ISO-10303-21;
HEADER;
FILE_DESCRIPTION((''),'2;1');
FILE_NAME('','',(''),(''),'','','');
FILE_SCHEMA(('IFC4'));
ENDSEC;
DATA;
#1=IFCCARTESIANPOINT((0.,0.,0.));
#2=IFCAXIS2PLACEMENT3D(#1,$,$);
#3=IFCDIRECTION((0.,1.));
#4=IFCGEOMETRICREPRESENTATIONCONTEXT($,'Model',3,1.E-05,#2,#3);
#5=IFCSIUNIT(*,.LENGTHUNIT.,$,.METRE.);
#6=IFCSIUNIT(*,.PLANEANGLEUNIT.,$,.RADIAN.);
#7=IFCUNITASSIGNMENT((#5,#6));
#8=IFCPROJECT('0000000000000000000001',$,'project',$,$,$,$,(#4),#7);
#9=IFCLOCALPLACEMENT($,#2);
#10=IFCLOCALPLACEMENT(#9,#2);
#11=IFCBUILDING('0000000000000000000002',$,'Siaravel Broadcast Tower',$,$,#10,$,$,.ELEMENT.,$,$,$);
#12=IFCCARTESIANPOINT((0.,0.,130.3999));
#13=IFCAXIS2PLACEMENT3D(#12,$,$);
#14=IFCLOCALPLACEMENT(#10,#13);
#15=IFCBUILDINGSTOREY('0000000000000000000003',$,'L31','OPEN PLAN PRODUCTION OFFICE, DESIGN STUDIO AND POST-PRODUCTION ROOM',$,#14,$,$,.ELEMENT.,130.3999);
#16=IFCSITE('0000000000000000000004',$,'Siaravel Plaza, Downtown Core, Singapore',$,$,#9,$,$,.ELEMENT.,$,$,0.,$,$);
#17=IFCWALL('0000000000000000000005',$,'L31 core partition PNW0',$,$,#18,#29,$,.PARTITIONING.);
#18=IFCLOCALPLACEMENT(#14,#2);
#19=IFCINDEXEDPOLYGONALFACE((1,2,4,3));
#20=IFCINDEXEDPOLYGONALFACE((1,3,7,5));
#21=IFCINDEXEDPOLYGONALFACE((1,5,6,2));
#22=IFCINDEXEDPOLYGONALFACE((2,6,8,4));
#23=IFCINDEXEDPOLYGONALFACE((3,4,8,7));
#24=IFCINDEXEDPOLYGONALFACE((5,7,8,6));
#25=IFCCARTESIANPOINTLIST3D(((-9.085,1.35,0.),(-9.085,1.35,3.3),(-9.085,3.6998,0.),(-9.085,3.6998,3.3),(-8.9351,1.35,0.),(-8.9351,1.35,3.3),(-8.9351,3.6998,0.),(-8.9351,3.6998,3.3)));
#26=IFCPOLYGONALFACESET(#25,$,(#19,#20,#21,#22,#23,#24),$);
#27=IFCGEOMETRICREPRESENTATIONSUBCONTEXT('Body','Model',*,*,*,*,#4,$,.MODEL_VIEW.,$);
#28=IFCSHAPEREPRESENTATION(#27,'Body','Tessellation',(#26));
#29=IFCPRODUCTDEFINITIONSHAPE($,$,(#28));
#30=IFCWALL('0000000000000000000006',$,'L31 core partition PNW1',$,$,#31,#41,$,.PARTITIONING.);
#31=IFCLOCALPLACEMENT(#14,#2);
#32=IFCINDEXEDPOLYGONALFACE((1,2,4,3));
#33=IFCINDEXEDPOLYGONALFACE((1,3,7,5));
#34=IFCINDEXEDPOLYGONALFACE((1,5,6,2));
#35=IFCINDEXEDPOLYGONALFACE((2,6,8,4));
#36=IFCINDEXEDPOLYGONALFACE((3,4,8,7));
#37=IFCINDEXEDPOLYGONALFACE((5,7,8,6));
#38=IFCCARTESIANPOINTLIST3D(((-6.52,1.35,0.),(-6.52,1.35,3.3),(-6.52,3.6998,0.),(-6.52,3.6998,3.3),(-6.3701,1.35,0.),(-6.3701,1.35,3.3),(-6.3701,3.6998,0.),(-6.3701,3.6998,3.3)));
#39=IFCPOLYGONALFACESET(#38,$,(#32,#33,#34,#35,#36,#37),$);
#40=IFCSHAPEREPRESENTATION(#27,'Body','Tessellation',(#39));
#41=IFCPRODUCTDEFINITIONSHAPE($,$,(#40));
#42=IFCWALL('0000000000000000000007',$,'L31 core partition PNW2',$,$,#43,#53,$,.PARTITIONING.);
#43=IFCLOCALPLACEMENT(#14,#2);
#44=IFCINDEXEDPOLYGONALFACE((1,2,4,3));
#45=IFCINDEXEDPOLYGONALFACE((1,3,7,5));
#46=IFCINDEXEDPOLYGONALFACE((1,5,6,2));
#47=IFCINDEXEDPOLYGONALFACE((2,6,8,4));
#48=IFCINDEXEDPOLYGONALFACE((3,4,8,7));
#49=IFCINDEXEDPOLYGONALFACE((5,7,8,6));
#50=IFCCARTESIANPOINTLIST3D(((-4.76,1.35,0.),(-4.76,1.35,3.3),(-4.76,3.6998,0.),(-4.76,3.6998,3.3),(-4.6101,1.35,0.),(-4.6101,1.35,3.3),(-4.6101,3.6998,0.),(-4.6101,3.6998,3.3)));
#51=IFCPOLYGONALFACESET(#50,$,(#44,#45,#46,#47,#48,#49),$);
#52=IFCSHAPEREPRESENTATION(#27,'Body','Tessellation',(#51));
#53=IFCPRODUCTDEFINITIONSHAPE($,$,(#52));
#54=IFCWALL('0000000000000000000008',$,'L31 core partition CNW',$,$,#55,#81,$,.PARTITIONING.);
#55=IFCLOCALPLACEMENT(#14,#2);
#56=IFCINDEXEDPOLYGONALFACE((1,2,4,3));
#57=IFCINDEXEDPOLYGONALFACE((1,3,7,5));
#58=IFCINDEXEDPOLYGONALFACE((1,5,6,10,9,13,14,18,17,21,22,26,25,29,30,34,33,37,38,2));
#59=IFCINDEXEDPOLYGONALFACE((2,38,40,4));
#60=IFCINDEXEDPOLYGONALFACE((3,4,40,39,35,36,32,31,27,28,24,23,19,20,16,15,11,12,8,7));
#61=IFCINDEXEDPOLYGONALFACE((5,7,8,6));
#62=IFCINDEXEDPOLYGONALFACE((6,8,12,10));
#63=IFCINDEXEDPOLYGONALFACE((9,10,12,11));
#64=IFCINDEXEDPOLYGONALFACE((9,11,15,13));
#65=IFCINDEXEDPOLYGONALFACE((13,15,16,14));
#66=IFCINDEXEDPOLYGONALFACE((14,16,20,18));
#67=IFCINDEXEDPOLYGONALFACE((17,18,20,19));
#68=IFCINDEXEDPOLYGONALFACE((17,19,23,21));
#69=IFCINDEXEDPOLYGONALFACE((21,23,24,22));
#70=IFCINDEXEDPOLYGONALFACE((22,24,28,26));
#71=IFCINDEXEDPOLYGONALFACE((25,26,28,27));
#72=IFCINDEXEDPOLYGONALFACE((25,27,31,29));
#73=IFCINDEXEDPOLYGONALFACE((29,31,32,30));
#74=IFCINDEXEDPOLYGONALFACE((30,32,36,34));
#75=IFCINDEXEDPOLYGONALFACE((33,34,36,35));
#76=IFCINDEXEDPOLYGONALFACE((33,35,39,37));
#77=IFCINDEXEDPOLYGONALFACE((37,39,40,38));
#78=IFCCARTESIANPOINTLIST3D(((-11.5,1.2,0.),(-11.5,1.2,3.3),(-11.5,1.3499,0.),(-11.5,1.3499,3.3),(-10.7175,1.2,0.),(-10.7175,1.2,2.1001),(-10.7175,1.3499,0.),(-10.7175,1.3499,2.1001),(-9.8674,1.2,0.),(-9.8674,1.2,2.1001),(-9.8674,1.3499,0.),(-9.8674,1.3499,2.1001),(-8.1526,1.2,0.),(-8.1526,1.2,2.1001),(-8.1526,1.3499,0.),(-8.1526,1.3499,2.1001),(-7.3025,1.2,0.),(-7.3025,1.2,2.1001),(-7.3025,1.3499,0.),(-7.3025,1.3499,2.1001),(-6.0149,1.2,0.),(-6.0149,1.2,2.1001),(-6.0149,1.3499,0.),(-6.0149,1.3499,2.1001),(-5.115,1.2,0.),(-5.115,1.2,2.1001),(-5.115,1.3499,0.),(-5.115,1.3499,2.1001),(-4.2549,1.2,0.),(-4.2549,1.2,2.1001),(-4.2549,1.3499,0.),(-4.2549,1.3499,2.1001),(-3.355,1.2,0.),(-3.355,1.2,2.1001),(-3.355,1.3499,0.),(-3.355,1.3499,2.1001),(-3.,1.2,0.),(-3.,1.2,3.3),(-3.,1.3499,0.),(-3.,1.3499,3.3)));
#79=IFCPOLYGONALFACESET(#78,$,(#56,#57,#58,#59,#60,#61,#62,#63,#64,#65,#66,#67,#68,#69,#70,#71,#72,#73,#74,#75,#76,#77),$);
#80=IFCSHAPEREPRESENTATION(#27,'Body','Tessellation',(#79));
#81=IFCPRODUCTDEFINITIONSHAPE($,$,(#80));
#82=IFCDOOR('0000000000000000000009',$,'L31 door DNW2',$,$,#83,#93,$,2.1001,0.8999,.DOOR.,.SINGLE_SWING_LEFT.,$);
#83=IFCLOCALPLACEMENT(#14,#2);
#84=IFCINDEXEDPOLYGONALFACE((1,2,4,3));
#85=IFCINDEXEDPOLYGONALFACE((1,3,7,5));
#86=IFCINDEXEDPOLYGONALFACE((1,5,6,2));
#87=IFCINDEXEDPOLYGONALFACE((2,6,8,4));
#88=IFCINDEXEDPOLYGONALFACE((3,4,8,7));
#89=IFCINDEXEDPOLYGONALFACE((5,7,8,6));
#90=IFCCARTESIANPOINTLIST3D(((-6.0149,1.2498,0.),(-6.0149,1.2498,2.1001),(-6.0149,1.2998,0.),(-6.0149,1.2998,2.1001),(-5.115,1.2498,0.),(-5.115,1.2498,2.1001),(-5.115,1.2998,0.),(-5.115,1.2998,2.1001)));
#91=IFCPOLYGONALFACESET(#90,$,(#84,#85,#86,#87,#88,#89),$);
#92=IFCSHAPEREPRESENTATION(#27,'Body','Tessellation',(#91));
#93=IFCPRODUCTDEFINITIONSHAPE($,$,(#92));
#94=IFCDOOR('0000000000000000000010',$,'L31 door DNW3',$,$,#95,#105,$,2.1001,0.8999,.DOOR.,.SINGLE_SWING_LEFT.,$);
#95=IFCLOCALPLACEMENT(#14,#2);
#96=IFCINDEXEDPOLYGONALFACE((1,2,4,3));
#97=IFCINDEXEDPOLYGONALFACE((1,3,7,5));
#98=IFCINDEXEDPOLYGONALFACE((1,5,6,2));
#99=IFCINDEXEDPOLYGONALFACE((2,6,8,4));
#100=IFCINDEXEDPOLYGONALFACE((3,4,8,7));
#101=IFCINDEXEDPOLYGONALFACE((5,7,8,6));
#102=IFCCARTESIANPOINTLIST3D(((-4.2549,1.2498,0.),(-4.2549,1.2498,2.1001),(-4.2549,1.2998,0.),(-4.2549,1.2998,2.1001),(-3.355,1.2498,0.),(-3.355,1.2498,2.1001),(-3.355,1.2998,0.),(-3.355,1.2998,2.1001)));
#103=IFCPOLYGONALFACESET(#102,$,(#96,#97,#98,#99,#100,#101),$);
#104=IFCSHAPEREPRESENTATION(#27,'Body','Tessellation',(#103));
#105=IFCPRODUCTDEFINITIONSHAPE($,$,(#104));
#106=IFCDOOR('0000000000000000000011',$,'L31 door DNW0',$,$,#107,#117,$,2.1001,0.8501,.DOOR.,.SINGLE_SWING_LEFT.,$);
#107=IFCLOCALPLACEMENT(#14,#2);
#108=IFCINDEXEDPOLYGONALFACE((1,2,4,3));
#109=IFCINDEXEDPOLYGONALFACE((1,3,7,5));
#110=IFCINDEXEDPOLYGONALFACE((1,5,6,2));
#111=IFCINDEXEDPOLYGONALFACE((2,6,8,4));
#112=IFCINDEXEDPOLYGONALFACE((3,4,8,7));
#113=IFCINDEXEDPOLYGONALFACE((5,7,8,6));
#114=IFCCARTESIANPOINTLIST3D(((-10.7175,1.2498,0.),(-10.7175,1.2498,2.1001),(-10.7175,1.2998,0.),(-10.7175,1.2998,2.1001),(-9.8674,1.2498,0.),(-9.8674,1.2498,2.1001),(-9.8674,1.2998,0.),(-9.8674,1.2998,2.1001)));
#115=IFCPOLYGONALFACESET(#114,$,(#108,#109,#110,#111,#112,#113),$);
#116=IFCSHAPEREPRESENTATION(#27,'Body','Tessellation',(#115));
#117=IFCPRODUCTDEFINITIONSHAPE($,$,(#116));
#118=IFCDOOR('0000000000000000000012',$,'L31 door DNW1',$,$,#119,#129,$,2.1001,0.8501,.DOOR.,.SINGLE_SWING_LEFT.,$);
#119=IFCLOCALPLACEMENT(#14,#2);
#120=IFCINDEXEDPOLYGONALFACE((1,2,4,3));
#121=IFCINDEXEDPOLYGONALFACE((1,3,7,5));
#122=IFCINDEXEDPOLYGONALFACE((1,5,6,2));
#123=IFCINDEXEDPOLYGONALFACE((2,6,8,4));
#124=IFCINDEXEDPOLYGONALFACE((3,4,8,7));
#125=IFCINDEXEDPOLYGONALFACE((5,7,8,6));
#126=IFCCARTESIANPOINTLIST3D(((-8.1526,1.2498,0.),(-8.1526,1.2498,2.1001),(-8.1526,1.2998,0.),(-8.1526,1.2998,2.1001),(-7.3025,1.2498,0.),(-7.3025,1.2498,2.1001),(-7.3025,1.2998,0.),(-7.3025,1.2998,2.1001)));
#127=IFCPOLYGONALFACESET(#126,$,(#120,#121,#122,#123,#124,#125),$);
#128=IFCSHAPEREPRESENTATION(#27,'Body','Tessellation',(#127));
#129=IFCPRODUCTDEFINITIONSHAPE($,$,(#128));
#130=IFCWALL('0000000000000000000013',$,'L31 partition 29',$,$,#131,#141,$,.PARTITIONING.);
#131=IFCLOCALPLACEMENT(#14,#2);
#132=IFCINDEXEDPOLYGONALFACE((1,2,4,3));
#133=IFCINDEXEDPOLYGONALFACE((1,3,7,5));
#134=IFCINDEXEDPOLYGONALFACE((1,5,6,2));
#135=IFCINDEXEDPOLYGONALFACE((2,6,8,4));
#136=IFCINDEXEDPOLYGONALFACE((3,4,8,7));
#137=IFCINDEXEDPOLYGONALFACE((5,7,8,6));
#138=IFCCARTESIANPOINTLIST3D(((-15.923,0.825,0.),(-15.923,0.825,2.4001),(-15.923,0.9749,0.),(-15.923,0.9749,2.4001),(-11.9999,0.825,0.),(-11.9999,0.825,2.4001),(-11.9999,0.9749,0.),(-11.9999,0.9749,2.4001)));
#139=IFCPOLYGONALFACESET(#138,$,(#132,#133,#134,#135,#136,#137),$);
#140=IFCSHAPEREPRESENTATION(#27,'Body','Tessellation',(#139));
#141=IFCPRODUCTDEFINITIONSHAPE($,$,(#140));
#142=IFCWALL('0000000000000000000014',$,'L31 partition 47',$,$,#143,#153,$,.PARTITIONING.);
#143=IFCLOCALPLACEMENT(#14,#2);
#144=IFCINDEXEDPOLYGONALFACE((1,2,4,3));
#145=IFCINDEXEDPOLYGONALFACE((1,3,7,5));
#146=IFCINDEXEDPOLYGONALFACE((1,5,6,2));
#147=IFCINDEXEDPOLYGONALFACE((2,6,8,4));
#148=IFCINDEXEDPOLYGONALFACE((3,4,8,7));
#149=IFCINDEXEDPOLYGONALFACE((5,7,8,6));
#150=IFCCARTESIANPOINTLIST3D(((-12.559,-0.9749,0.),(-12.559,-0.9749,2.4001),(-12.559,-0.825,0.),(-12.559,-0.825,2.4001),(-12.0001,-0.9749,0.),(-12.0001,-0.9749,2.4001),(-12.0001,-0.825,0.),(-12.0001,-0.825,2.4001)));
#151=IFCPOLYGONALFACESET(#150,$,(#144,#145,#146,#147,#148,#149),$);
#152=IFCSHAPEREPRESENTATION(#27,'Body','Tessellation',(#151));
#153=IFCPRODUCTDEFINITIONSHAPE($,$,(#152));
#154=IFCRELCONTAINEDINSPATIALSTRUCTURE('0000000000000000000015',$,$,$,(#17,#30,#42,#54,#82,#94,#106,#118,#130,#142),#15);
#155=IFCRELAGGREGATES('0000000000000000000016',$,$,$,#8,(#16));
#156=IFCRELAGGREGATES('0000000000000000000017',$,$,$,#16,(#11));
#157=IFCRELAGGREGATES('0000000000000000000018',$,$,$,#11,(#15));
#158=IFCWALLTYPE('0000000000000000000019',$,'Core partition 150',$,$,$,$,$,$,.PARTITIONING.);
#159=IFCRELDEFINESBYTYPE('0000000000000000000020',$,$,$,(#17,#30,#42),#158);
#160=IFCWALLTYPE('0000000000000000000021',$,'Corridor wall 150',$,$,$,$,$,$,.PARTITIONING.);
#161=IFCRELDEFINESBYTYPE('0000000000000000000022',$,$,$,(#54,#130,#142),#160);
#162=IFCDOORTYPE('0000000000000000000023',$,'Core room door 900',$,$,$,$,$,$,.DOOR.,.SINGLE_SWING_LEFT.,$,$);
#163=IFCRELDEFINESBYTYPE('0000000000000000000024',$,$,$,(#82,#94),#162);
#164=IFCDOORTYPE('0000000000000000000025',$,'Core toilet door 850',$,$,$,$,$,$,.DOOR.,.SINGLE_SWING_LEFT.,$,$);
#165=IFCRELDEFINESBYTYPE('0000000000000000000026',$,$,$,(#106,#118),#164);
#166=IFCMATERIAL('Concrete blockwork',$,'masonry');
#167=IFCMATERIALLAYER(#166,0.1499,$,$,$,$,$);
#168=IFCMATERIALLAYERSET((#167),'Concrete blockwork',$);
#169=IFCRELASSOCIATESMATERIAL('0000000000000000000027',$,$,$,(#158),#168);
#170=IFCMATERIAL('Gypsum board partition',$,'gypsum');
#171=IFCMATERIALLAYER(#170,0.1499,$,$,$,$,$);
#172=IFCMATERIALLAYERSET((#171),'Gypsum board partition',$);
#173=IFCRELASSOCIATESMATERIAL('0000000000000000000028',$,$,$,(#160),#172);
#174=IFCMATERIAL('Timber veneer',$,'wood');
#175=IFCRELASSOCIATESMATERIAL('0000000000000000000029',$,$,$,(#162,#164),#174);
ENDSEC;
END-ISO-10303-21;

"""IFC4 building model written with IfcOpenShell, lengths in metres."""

from ifc_helpers import new_model, si_unit, direction, frame, frame_2d, origin, place, context, subcontext, project, spatial, rectangle, extrude, material, layer, layer_set, type_object, element, fill, save


model = new_model("IFC4")

# Units and contexts
model_context = context("Model", 3, precision=1e-05, world=origin(), true_north=direction((0.0, 1.0)))
body_context = subcontext(model_context, "Body", "Model", "MODEL_VIEW")
ifc_project = project(units=[si_unit("LENGTHUNIT", "METRE"), si_unit("PLANEANGLEUNIT", "RADIAN")], contexts=[model_context])

# Site, building, storey
site_placement = place(None, origin())
site = spatial("IfcSite", under=ifc_project, at=site_placement, Name="Siaravel Plaza, Downtown Core, Singapore", CompositionType="ELEMENT", RefElevation=0.0)
building_placement = place(site_placement, origin())
building = spatial("IfcBuilding", under=site, at=building_placement, Name="Siaravel Broadcast Tower", CompositionType="ELEMENT")
storey_placement = place(building_placement, frame((0.0, 0.0, 130.3999)))
storey = spatial("IfcBuildingStorey", under=building, at=storey_placement, Name="L31", Description="OPEN PLAN PRODUCTION OFFICE, DESIGN STUDIO AND POST-PRODUCTION ROOM", CompositionType="ELEMENT", Elevation=130.3999)

# Walls
ifc_material_1 = material(Name="Concrete blockwork", Category="masonry")
ifc_layer_1 = layer(ifc_material_1, 0.1499)
ifc_layer_set_1 = layer_set([ifc_layer_1], Name="Concrete blockwork")
wall_type_1 = type_object("IfcWallType", Name="Core partition 150", PredefinedType="PARTITIONING", material=ifc_layer_set_1)
for number, where, z_axis, x_axis, name in (
    (1, (-9.01, 1.3501, 0.0), (0.0, 0.0, 1.0), (0.0, 1.0, 0.0), "L31 core partition PNW0"),
    (2, (-6.4451, 1.3501, 0.0), (0.0, 0.0, 1.0), (0.0, 1.0, 0.0), "L31 core partition PNW1"),
    (3, (-4.6851, 1.3501, 0.0), (0.0, 0.0, 1.0), (0.0, 1.0, 0.0), "L31 core partition PNW2"),
):
    element("IfcWall", number, at=place(storey_placement, frame(where, z_axis=z_axis, x_axis=x_axis)), inside=storey, type_object=wall_type_1, Name=name, PredefinedType="PARTITIONING", context=body_context, shape_type="SweptSolid", body=[
        extrude(rectangle(XDim=2.3499, YDim=0.1499, at=frame_2d((1.1748, 0.0))), origin(), (0.0, 0.0, 1.0), 3.3),
    ])

# Wall, openings, doors
ifc_material_2 = material(Name="Gypsum board partition", Category="gypsum")
ifc_layer_2 = layer(ifc_material_2, 0.1499)
ifc_layer_set_2 = layer_set([ifc_layer_2], Name="Gypsum board partition")
wall_type_2 = type_object("IfcWallType", Name="Corridor wall 150", PredefinedType="PARTITIONING", material=ifc_layer_set_2)
wall_1_placement = place(storey_placement, frame((-11.5, 1.2749, 0.0), z_axis=(0.0, 0.0, 1.0), x_axis=(1.0, 0.0, 0.0)))
wall_1 = element("IfcWall", 4, at=wall_1_placement, inside=storey, type_object=wall_type_2, Name="L31 core partition CNW", PredefinedType="PARTITIONING", context=body_context, shape_type="SweptSolid", body=[
    extrude(rectangle(XDim=8.5, YDim=0.1499, at=frame_2d((4.25, 0.0))), origin(), (0.0, 0.0, 1.0), 3.3),
])
opening_1_placement = place(wall_1_placement, frame((0.7825, 0.0, 0.0)))
opening_1 = element("IfcOpeningElement", 5, at=opening_1_placement, cuts=wall_1, PredefinedType="OPENING", context=body_context, shape_type="SweptSolid", body=[
    extrude(rectangle(XDim=0.8501, YDim=2.1001, at=frame_2d((0.425, 1.05))), frame((0.0, 0.085, 0.0), z_axis=(0.0, -1.0, 0.0), x_axis=(1.0, 0.0, 0.0)), (0.0, 0.0, 1.0), 0.1699),
])
opening_2_placement = place(wall_1_placement, frame((3.3474, 0.0, 0.0)))
opening_2 = element("IfcOpeningElement", 6, at=opening_2_placement, cuts=wall_1, PredefinedType="OPENING", context=body_context, shape_type="SweptSolid", body=[
    extrude(rectangle(XDim=0.8501, YDim=2.1001, at=frame_2d((0.425, 1.05))), frame((0.0, 0.085, 0.0), z_axis=(0.0, -1.0, 0.0), x_axis=(1.0, 0.0, 0.0)), (0.0, 0.0, 1.0), 0.1699),
])
opening_3_placement = place(wall_1_placement, frame((5.4851, 0.0, 0.0)))
opening_3 = element("IfcOpeningElement", 7, at=opening_3_placement, cuts=wall_1, PredefinedType="OPENING", context=body_context, shape_type="SweptSolid", body=[
    extrude(rectangle(XDim=0.8999, YDim=2.1001, at=frame_2d((0.45, 1.05))), frame((0.0, 0.085, 0.0), z_axis=(0.0, -1.0, 0.0), x_axis=(1.0, 0.0, 0.0)), (0.0, 0.0, 1.0), 0.1699),
])
opening_4_placement = place(wall_1_placement, frame((7.2451, 0.0, 0.0)))
opening_4 = element("IfcOpeningElement", 8, at=opening_4_placement, cuts=wall_1, PredefinedType="OPENING", context=body_context, shape_type="SweptSolid", body=[
    extrude(rectangle(XDim=0.8999, YDim=2.1001, at=frame_2d((0.45, 1.05))), frame((0.0, 0.085, 0.0), z_axis=(0.0, -1.0, 0.0), x_axis=(1.0, 0.0, 0.0)), (0.0, 0.0, 1.0), 0.1699),
])
ifc_material_3 = material(Name="Timber veneer", Category="wood")
door_type_1 = type_object("IfcDoorType", Name="Core room door 900", OperationType="SINGLE_SWING_LEFT", PredefinedType="DOOR", material=ifc_material_3)
door_1_placement = place(opening_3_placement, origin())
door_1 = element("IfcDoor", 9, at=door_1_placement, inside=storey, type_object=door_type_1, Name="L31 door DNW2", OperationType="SINGLE_SWING_LEFT", OverallHeight=2.1001, OverallWidth=0.8999, PredefinedType="DOOR", context=body_context, shape_type="SweptSolid", body=[
    extrude(rectangle(XDim=0.8999, YDim=2.1001, at=frame_2d((0.45, 1.05))), frame((0.0, 0.0249, 0.0), z_axis=(0.0, -1.0, 0.0), x_axis=(1.0, 0.0, 0.0)), (0.0, 0.0, 1.0), 0.05),
])
fill(opening_3, door_1)
door_2_placement = place(opening_4_placement, origin())
door_2 = element("IfcDoor", 10, at=door_2_placement, inside=storey, type_object=door_type_1, Name="L31 door DNW3", OperationType="SINGLE_SWING_LEFT", OverallHeight=2.1001, OverallWidth=0.8999, PredefinedType="DOOR", context=body_context, shape_type="SweptSolid", body=[
    extrude(rectangle(XDim=0.8999, YDim=2.1001, at=frame_2d((0.45, 1.05))), frame((0.0, 0.0249, 0.0), z_axis=(0.0, -1.0, 0.0), x_axis=(1.0, 0.0, 0.0)), (0.0, 0.0, 1.0), 0.05),
])
fill(opening_4, door_2)
door_type_2 = type_object("IfcDoorType", Name="Core toilet door 850", OperationType="SINGLE_SWING_LEFT", PredefinedType="DOOR", material=ifc_material_3)
door_3_placement = place(opening_1_placement, origin())
door_3 = element("IfcDoor", 11, at=door_3_placement, inside=storey, type_object=door_type_2, Name="L31 door DNW0", OperationType="SINGLE_SWING_LEFT", OverallHeight=2.1001, OverallWidth=0.8501, PredefinedType="DOOR", context=body_context, shape_type="SweptSolid", body=[
    extrude(rectangle(XDim=0.8501, YDim=2.1001, at=frame_2d((0.425, 1.05))), frame((0.0, 0.0249, 0.0), z_axis=(0.0, -1.0, 0.0), x_axis=(1.0, 0.0, 0.0)), (0.0, 0.0, 1.0), 0.05),
])
fill(opening_1, door_3)
door_4_placement = place(opening_2_placement, origin())
door_4 = element("IfcDoor", 12, at=door_4_placement, inside=storey, type_object=door_type_2, Name="L31 door DNW1", OperationType="SINGLE_SWING_LEFT", OverallHeight=2.1001, OverallWidth=0.8501, PredefinedType="DOOR", context=body_context, shape_type="SweptSolid", body=[
    extrude(rectangle(XDim=0.8501, YDim=2.1001, at=frame_2d((0.425, 1.05))), frame((0.0, 0.0249, 0.0), z_axis=(0.0, -1.0, 0.0), x_axis=(1.0, 0.0, 0.0)), (0.0, 0.0, 1.0), 0.05),
])
fill(opening_2, door_4)

# Walls
wall_2_placement = place(storey_placement, frame((-12.0, 0.8999, 0.0), z_axis=(0.0, 0.0, 1.0), x_axis=(-1.0, 0.0, 0.0)))
element("IfcWall", 13, at=wall_2_placement, inside=storey, type_object=wall_type_2, Name="L31 partition 29", PredefinedType="PARTITIONING", context=body_context, shape_type="SweptSolid", body=[
    extrude(rectangle(XDim=3.9231, YDim=0.1499, at=frame_2d((1.9614, 0.0))), origin(), (0.0, 0.0, 1.0), 2.4001),
])
wall_3_placement = place(storey_placement, frame((-12.5588, -0.8999, 0.0), z_axis=(0.0, 0.0, 1.0), x_axis=(1.0, 0.0, 0.0)))
element("IfcWall", 14, at=wall_3_placement, inside=storey, type_object=wall_type_2, Name="L31 partition 47", PredefinedType="PARTITIONING", context=body_context, shape_type="SweptSolid", body=[
    extrude(rectangle(XDim=0.5588, YDim=0.1499, at=frame_2d((0.2793, 0.0))), origin(), (0.0, 0.0, 1.0), 2.4001),
])

save(model, "model.ifc")
